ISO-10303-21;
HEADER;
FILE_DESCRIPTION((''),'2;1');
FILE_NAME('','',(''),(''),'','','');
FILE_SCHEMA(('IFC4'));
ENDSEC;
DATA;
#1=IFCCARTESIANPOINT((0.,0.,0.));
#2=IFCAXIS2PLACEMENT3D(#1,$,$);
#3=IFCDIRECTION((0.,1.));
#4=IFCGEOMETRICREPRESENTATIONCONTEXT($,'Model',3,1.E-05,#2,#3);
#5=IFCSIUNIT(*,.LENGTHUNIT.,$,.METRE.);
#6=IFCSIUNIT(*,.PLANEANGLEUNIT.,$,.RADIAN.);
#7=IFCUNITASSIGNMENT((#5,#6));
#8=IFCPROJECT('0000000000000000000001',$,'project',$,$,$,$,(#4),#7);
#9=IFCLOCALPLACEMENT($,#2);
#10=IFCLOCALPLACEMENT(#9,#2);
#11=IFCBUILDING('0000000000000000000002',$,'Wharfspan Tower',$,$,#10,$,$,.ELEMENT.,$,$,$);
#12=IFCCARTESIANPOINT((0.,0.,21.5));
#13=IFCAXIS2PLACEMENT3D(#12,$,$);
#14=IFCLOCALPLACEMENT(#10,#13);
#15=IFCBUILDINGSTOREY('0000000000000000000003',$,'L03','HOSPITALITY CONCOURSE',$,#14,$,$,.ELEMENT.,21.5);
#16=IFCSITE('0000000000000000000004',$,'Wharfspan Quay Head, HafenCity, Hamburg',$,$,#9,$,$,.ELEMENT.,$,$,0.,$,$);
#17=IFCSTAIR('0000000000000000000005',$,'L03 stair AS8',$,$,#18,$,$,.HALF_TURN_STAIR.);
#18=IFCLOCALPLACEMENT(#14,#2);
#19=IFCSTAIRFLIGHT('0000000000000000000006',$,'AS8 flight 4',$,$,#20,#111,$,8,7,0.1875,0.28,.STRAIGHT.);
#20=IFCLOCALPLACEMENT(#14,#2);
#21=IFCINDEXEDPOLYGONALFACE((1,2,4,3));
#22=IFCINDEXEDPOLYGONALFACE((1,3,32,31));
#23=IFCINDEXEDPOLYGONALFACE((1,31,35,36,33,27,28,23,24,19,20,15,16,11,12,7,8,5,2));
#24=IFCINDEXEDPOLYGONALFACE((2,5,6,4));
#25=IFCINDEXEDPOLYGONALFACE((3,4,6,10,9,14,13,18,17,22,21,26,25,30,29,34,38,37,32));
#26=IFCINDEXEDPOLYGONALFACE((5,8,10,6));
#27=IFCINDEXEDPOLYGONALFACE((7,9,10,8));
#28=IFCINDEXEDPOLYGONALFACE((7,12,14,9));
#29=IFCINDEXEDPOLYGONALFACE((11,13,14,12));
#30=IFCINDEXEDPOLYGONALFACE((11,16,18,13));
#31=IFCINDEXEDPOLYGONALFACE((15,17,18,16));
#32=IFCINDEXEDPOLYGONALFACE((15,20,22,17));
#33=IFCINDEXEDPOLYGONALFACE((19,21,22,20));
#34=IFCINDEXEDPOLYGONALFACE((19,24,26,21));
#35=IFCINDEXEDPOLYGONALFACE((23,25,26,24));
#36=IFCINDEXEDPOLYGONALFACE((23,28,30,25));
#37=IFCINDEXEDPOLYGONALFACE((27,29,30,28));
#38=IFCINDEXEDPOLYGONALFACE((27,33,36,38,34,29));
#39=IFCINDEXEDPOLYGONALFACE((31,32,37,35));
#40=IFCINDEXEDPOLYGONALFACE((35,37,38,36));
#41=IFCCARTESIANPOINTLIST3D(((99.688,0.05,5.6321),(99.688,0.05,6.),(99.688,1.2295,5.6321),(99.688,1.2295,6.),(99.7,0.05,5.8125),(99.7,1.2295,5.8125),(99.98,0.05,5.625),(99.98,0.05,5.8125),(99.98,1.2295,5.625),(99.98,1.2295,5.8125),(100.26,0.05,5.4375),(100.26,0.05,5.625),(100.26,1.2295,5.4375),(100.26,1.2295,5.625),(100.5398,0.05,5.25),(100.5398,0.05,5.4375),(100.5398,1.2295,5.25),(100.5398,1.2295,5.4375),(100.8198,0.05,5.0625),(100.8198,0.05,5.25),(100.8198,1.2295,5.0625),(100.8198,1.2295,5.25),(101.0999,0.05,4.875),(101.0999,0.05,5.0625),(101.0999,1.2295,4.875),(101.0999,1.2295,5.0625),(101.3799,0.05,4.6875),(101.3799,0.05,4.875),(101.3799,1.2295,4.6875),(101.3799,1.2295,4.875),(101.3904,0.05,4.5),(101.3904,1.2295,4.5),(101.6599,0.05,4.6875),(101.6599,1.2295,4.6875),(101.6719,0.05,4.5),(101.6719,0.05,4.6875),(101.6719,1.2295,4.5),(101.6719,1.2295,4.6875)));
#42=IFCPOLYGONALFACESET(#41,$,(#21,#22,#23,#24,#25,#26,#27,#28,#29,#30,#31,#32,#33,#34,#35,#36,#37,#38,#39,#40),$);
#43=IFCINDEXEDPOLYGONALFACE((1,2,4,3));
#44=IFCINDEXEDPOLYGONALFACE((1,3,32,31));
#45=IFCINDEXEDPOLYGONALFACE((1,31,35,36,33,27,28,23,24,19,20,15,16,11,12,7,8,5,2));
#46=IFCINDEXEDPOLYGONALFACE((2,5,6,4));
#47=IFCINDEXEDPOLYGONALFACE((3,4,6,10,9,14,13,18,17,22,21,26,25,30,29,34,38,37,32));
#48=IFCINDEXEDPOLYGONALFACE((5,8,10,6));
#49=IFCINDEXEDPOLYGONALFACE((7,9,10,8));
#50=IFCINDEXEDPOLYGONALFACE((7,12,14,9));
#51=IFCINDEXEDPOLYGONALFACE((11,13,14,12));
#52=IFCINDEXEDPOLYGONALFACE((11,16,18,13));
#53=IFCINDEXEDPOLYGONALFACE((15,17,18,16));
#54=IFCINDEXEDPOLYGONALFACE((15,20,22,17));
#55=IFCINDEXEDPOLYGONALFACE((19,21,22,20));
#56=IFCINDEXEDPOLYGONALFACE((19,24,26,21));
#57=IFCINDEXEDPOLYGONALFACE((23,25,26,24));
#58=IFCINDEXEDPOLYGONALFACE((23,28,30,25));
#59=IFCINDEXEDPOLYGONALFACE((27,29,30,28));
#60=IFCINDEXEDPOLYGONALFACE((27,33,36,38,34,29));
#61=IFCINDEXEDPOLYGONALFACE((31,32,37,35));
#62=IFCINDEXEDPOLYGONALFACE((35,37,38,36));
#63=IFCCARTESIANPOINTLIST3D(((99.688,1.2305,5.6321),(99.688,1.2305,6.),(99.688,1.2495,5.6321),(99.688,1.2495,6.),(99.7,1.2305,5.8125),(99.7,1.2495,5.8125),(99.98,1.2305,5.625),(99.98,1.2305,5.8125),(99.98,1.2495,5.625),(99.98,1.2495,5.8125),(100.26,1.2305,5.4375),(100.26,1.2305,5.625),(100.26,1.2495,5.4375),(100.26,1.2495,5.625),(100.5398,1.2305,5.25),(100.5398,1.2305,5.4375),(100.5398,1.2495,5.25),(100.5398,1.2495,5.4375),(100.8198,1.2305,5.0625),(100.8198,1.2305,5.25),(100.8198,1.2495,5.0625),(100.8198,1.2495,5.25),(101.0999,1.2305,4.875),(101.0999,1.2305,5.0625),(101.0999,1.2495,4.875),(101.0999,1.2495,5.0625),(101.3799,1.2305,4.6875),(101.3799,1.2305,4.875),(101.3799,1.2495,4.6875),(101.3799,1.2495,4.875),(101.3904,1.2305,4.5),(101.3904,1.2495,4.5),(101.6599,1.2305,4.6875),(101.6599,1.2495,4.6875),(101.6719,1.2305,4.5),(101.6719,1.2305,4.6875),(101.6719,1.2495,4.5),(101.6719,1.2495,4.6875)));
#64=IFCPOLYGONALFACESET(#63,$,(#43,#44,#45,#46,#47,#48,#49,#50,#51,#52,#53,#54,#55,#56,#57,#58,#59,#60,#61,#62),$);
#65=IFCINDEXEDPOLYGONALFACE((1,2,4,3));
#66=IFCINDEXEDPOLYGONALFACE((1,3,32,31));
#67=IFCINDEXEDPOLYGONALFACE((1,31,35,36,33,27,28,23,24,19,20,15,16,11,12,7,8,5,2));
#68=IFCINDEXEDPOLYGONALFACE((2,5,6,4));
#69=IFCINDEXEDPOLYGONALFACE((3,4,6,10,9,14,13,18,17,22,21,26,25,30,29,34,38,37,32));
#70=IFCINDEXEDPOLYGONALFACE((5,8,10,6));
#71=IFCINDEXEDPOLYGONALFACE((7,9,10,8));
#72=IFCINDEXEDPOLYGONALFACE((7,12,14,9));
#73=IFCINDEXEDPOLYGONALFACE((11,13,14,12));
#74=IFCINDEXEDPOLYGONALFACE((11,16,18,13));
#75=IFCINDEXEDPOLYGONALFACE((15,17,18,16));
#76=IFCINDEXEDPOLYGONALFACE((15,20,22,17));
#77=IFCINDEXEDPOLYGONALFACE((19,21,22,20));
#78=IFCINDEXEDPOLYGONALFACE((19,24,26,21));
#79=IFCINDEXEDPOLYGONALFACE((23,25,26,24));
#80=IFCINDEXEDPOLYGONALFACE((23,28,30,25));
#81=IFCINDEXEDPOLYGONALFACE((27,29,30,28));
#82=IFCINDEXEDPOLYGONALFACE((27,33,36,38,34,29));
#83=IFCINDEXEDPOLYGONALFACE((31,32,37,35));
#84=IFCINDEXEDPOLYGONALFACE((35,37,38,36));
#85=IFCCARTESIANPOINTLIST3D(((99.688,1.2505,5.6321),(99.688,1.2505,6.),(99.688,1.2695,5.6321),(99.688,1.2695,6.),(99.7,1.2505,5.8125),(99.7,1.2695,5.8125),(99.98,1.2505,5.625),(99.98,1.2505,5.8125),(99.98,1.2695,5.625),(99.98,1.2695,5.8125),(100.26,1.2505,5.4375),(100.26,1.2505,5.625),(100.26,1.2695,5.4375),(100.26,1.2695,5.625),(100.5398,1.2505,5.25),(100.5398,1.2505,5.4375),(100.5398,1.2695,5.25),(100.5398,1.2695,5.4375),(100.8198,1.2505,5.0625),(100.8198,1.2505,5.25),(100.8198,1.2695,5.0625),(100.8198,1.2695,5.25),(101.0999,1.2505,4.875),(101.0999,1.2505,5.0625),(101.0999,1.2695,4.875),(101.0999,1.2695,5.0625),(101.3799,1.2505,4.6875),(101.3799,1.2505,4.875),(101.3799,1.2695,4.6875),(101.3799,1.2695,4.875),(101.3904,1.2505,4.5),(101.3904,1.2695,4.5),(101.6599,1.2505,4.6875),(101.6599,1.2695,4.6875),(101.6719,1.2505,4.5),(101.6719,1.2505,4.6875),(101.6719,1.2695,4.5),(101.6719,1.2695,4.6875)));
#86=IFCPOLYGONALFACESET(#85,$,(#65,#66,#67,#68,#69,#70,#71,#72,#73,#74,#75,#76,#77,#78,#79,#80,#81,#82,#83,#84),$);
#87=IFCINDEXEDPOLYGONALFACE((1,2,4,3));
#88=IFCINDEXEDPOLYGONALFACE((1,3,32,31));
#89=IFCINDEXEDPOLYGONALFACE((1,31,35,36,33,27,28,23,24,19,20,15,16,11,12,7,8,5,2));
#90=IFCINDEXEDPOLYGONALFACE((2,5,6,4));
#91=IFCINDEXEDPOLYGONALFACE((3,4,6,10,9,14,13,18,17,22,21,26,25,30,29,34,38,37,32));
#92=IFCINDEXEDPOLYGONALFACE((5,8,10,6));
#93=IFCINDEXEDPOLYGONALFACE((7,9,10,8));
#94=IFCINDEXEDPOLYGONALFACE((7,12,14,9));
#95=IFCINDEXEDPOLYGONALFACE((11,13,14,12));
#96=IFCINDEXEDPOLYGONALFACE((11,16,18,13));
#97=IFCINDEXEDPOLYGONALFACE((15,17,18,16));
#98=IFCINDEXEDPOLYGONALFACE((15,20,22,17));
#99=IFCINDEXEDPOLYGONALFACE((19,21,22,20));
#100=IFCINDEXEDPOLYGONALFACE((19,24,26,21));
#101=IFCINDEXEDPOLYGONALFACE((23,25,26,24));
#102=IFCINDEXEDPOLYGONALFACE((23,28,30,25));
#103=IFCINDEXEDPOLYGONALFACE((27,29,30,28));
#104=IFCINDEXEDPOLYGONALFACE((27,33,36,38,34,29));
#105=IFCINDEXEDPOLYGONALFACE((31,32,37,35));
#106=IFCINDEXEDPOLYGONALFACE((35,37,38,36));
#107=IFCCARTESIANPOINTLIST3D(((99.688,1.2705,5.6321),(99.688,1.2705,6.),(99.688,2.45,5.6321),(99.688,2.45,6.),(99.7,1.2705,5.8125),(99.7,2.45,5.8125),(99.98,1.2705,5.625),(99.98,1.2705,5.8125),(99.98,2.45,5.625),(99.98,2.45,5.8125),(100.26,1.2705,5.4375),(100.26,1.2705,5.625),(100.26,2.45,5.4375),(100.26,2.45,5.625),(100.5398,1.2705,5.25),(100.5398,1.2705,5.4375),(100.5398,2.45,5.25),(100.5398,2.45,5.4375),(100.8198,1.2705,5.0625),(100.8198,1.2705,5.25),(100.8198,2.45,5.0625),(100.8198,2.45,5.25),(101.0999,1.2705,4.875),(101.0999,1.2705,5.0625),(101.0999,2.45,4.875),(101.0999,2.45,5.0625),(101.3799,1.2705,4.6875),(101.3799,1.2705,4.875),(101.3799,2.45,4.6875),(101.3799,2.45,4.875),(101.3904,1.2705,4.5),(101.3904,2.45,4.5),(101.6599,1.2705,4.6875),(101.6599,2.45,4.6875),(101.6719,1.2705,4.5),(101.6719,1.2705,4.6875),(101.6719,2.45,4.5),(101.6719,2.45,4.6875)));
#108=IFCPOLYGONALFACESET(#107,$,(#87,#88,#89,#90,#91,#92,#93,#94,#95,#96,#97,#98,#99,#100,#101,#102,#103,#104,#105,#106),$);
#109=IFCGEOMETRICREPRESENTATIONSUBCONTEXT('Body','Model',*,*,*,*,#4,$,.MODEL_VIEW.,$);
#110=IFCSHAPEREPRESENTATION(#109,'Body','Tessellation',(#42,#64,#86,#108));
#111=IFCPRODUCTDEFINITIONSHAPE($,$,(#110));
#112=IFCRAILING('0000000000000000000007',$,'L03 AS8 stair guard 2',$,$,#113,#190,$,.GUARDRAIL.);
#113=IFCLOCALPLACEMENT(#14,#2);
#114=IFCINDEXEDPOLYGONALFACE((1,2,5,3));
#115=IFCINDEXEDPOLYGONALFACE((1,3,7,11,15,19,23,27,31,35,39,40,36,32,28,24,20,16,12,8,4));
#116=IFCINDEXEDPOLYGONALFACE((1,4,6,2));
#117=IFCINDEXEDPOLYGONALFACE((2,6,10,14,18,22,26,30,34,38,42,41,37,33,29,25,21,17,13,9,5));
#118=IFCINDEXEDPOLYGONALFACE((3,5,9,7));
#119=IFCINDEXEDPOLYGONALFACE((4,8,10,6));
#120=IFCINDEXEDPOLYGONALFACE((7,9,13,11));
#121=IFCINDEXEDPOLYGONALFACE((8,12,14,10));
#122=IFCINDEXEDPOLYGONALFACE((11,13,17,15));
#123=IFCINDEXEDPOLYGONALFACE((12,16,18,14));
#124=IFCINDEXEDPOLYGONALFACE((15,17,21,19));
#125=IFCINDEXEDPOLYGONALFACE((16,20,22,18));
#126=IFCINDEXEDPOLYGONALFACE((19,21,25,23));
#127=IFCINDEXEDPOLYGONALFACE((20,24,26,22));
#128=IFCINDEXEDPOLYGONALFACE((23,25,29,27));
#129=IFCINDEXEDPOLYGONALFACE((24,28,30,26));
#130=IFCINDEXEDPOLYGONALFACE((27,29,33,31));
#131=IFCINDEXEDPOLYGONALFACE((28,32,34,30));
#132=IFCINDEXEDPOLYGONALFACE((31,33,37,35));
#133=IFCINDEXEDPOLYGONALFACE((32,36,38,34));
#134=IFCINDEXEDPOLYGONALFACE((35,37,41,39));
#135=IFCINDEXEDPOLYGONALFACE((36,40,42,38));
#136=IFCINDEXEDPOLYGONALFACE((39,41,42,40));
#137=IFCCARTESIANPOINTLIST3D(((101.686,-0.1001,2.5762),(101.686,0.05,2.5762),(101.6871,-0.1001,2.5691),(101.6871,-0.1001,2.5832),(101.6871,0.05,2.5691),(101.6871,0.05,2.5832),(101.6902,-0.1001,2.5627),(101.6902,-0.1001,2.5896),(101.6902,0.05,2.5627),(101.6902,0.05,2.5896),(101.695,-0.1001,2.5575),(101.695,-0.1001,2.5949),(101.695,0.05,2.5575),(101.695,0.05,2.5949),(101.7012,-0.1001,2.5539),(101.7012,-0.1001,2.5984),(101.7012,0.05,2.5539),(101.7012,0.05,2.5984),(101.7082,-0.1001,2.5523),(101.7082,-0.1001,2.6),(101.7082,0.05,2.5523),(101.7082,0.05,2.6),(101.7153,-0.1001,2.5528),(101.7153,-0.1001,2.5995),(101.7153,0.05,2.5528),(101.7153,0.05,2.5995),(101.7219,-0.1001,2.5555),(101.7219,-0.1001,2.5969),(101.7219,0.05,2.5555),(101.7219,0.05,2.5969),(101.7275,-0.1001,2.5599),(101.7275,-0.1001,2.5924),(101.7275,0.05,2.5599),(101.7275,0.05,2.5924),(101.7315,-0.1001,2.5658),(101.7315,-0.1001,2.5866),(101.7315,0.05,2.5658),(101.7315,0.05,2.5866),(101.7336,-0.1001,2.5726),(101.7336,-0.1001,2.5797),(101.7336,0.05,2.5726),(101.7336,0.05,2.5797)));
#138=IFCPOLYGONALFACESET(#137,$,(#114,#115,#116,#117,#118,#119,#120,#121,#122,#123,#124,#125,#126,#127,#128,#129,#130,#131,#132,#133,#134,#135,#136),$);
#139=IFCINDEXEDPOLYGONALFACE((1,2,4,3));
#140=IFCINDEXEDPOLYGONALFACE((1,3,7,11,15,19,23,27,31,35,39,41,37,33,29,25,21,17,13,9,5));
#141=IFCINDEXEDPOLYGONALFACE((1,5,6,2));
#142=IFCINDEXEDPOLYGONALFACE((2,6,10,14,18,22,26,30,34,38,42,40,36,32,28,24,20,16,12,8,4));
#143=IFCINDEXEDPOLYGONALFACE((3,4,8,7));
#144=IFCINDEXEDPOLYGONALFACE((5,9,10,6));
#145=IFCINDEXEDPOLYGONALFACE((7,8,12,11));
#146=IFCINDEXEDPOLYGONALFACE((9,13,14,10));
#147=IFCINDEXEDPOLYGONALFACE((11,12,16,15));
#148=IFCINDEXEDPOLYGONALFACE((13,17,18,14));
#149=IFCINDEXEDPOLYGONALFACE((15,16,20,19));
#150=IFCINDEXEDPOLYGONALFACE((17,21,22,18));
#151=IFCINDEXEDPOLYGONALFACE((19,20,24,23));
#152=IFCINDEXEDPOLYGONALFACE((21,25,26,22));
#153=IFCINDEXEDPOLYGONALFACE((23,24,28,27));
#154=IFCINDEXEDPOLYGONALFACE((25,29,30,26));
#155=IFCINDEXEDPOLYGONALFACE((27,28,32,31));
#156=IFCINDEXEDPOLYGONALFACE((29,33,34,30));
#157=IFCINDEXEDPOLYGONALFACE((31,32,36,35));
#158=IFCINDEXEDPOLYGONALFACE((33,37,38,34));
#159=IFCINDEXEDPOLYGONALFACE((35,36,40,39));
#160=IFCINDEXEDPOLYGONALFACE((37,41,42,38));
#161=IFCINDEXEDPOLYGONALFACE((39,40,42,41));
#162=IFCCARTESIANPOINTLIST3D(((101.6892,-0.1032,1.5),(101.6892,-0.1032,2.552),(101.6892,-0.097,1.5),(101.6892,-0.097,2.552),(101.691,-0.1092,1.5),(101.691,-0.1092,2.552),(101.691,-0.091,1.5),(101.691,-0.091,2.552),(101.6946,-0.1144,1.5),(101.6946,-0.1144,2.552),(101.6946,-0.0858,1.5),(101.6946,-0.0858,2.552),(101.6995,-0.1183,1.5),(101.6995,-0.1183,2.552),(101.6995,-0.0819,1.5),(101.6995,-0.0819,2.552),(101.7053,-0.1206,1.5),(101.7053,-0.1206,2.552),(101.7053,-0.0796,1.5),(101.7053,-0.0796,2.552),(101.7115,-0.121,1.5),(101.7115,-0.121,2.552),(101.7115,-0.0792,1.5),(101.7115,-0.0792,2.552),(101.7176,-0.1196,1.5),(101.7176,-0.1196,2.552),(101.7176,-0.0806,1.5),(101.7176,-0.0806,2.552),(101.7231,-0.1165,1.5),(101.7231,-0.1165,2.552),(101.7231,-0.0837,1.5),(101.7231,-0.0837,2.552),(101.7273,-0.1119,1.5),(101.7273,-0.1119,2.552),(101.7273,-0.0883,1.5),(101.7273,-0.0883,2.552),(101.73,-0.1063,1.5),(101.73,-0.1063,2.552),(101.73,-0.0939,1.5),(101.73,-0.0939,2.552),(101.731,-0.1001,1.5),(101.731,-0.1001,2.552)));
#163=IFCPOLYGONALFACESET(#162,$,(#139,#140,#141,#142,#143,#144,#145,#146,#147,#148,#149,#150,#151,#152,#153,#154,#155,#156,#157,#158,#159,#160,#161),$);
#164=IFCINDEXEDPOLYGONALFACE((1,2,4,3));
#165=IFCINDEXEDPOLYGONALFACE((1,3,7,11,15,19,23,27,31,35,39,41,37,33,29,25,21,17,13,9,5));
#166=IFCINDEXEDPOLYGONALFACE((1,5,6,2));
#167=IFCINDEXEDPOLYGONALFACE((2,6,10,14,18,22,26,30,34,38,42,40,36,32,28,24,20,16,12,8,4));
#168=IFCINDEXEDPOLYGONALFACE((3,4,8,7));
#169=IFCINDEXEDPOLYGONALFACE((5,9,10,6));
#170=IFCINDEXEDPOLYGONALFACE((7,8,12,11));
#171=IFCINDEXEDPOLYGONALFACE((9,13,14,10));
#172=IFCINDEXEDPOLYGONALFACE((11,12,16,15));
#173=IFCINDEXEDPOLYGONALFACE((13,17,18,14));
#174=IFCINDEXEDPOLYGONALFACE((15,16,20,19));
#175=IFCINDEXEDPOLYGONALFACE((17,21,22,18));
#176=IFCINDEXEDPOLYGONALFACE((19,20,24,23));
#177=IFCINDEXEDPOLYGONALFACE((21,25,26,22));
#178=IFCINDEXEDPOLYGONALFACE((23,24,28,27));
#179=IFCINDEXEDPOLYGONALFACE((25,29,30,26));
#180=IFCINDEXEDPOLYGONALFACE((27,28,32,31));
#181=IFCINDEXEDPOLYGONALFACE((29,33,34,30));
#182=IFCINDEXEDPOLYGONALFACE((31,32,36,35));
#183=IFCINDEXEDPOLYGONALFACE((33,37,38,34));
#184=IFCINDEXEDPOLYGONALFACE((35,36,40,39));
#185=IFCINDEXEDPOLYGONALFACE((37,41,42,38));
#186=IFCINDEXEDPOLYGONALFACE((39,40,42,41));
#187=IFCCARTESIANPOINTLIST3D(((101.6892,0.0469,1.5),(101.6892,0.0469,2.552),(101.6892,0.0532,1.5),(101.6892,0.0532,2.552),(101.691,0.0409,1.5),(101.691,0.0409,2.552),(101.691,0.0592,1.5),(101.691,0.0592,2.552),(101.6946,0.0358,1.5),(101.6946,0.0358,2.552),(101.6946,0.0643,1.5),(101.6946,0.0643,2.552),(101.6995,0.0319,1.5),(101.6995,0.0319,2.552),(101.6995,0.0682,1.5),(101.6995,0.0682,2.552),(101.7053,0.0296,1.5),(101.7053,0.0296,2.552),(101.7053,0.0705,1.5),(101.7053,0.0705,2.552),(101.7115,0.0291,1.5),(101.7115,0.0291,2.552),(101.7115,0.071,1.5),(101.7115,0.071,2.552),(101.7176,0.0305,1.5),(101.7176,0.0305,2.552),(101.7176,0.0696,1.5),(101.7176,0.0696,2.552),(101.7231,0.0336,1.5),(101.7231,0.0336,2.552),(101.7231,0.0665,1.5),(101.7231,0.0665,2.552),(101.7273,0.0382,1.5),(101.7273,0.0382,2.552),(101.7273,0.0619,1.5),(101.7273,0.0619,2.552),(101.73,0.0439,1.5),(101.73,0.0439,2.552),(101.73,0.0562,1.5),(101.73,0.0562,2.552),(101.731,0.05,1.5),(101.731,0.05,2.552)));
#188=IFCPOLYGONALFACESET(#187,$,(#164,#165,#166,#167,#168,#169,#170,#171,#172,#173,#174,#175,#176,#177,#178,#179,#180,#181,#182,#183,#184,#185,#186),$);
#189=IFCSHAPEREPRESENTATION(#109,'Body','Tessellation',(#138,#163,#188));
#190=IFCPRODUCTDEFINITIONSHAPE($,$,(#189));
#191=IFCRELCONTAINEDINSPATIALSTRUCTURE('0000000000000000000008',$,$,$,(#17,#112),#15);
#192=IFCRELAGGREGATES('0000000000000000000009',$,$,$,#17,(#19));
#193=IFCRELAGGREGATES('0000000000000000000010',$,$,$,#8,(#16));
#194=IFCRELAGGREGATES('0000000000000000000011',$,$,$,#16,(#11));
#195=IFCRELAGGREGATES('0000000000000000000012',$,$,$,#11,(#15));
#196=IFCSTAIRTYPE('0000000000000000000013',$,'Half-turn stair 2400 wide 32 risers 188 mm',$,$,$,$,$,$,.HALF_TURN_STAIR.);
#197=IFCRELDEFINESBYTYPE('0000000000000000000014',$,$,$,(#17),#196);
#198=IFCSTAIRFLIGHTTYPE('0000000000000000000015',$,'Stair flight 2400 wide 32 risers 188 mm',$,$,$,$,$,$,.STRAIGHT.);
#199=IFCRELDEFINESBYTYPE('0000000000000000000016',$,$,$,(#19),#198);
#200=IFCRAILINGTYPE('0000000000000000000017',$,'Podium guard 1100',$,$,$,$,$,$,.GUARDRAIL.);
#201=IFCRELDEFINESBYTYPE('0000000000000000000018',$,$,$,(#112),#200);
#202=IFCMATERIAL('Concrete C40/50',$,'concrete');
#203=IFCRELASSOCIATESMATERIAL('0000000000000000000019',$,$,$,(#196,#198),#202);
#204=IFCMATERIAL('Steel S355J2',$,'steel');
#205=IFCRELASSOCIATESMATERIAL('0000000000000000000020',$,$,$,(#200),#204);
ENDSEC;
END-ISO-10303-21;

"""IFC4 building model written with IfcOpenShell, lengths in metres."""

from ifc_helpers import new_model, si_unit, direction, frame, origin, origin_2d, place, context, subcontext, project, spatial, polyline, circle, outline, extrude, material, type_object, element, aggregate, save


model = new_model("IFC4")

# Units and contexts
model_context = context("Model", 3, precision=1e-05, world=origin(), true_north=direction((0.0, 1.0)))
body_context = subcontext(model_context, "Body", "Model", "MODEL_VIEW")
ifc_project = project(units=[si_unit("LENGTHUNIT", "METRE"), si_unit("PLANEANGLEUNIT", "RADIAN")], contexts=[model_context])

# Site, building, storey
site_placement = place(None, origin())
site = spatial("IfcSite", under=ifc_project, at=site_placement, Name="Wharfspan Quay Head, HafenCity, Hamburg", CompositionType="ELEMENT", RefElevation=0.0)
building_placement = place(site_placement, origin())
building = spatial("IfcBuilding", under=site, at=building_placement, Name="Wharfspan Tower", CompositionType="ELEMENT")
storey_placement = place(building_placement, frame((0.0, 0.0, 21.5)))
storey = spatial("IfcBuildingStorey", under=building, at=storey_placement, Name="L03", Description="HOSPITALITY CONCOURSE", CompositionType="ELEMENT", Elevation=21.5)

# Stair, stair flight
ifc_material_1 = material(Name="Concrete C40/50", Category="concrete")
stair_type = type_object("IfcStairType", Name="Half-turn stair 2400 wide 32 risers 188 mm", PredefinedType="HALF_TURN_STAIR", material=ifc_material_1)
stair_placement = place(storey_placement, origin())
stair = element("IfcStair", 1, at=stair_placement, inside=storey, type_object=stair_type, Name="L03 stair AS8", PredefinedType="HALF_TURN_STAIR")
stair_flight_type = type_object("IfcStairFlightType", Name="Stair flight 2400 wide 32 risers 188 mm", PredefinedType="STRAIGHT", material=ifc_material_1)
stair_flight_1_placement = place(storey_placement, frame((101.6599, 1.25, 4.5), z_axis=(0.0, 0.0, 1.0), x_axis=(-1.0, 0.0, 0.0)))
stair_flight_1 = element("IfcStairFlight", 2, at=stair_flight_1_placement, type_object=stair_flight_type, Name="AS8 flight 4", NumberOfRisers=8, NumberOfTreads=7, PredefinedType="STRAIGHT", RiserHeight=0.1875, TreadLength=0.28, context=body_context, shape_type="SweptSolid", body=[
    extrude(outline(polyline([(-0.012, 0.0), (-0.012, 0.1875), (0.0, 0.1875), (0.28, 0.1875), (0.28, 0.375), (0.5601, 0.375), (0.5601, 0.5625), (0.8401, 0.5625), (0.8401, 0.75), (1.1201, 0.75), (1.1201, 0.9375), (1.3999, 0.9375), (1.3999, 1.125), (1.6799, 1.125), (1.6799, 1.3125), (1.96, 1.3125), (1.9719, 1.5), (1.9719, 1.1321), (0.2695, 0.0), (-0.012, 0.0)])), frame((0.0, 1.2, 0.0), z_axis=(0.0, -1.0, 0.0), x_axis=(1.0, 0.0, 0.0)), (0.0, 0.0, 1.0), 1.1794),
    extrude(outline(polyline([(-0.012, 0.0), (-0.012, 0.1875), (0.0, 0.1875), (0.28, 0.1875), (0.28, 0.375), (0.5601, 0.375), (0.5601, 0.5625), (0.8401, 0.5625), (0.8401, 0.75), (1.1201, 0.75), (1.1201, 0.9375), (1.3999, 0.9375), (1.3999, 1.125), (1.6799, 1.125), (1.6799, 1.3125), (1.96, 1.3125), (1.9719, 1.5), (1.9719, 1.1321), (0.2695, 0.0), (-0.012, 0.0)])), frame((0.0, 0.0195, 0.0), z_axis=(0.0, -1.0, 0.0), x_axis=(1.0, 0.0, 0.0)), (0.0, 0.0, 1.0), 0.019),
    extrude(outline(polyline([(-0.012, 0.0), (-0.012, 0.1875), (0.0, 0.1875), (0.28, 0.1875), (0.28, 0.375), (0.5601, 0.375), (0.5601, 0.5625), (0.8401, 0.5625), (0.8401, 0.75), (1.1201, 0.75), (1.1201, 0.9375), (1.3999, 0.9375), (1.3999, 1.125), (1.6799, 1.125), (1.6799, 1.3125), (1.96, 1.3125), (1.9719, 1.5), (1.9719, 1.1321), (0.2695, 0.0), (-0.012, 0.0)])), frame((0.0, -0.0005, 0.0), z_axis=(0.0, -1.0, 0.0), x_axis=(1.0, 0.0, 0.0)), (0.0, 0.0, 1.0), 0.019),
    extrude(outline(polyline([(-0.012, 0.0), (-0.012, 0.1875), (0.0, 0.1875), (0.28, 0.1875), (0.28, 0.375), (0.5601, 0.375), (0.5601, 0.5625), (0.8401, 0.5625), (0.8401, 0.75), (1.1201, 0.75), (1.1201, 0.9375), (1.3999, 0.9375), (1.3999, 1.125), (1.6799, 1.125), (1.6799, 1.3125), (1.96, 1.3125), (1.9719, 1.5), (1.9719, 1.1321), (0.2695, 0.0), (-0.012, 0.0)])), frame((0.0, -0.0205, 0.0), z_axis=(0.0, -1.0, 0.0), x_axis=(1.0, 0.0, 0.0)), (0.0, 0.0, 1.0), 1.1794),
])
aggregate(stair, [stair_flight_1])

# Railing
ifc_material_2 = material(Name="Steel S355J2", Category="steel")
railing_type_1 = type_object("IfcRailingType", Name="Podium guard 1100", PredefinedType="GUARDRAIL", material=ifc_material_2)
railing_1_placement = place(storey_placement, frame((101.71, -0.1001, 1.5)))
element("IfcRailing", 3, at=railing_1_placement, inside=storey, type_object=railing_type_1, Name="L03 AS8 stair guard 2", PredefinedType="GUARDRAIL", context=body_context, shape_type="SweptSolid", body=[
    extrude(circle(Radius=0.0239, at=origin_2d()), frame((0.0, 0.0, 1.0762), z_axis=(0.0, 1.0, 0.0), x_axis=(-1.0, 0.0, 0.0)), (0.0, 0.0, 1.0), 0.1501),
    extrude(circle(Radius=0.021, at=origin_2d()), origin(), (0.0, 0.0, 1.0), 1.052),
    extrude(circle(Radius=0.021, at=origin_2d()), frame((0.0, 0.1501, 0.0)), (0.0, 0.0, 1.0), 1.052),
])

save(model, "model.ifc")
